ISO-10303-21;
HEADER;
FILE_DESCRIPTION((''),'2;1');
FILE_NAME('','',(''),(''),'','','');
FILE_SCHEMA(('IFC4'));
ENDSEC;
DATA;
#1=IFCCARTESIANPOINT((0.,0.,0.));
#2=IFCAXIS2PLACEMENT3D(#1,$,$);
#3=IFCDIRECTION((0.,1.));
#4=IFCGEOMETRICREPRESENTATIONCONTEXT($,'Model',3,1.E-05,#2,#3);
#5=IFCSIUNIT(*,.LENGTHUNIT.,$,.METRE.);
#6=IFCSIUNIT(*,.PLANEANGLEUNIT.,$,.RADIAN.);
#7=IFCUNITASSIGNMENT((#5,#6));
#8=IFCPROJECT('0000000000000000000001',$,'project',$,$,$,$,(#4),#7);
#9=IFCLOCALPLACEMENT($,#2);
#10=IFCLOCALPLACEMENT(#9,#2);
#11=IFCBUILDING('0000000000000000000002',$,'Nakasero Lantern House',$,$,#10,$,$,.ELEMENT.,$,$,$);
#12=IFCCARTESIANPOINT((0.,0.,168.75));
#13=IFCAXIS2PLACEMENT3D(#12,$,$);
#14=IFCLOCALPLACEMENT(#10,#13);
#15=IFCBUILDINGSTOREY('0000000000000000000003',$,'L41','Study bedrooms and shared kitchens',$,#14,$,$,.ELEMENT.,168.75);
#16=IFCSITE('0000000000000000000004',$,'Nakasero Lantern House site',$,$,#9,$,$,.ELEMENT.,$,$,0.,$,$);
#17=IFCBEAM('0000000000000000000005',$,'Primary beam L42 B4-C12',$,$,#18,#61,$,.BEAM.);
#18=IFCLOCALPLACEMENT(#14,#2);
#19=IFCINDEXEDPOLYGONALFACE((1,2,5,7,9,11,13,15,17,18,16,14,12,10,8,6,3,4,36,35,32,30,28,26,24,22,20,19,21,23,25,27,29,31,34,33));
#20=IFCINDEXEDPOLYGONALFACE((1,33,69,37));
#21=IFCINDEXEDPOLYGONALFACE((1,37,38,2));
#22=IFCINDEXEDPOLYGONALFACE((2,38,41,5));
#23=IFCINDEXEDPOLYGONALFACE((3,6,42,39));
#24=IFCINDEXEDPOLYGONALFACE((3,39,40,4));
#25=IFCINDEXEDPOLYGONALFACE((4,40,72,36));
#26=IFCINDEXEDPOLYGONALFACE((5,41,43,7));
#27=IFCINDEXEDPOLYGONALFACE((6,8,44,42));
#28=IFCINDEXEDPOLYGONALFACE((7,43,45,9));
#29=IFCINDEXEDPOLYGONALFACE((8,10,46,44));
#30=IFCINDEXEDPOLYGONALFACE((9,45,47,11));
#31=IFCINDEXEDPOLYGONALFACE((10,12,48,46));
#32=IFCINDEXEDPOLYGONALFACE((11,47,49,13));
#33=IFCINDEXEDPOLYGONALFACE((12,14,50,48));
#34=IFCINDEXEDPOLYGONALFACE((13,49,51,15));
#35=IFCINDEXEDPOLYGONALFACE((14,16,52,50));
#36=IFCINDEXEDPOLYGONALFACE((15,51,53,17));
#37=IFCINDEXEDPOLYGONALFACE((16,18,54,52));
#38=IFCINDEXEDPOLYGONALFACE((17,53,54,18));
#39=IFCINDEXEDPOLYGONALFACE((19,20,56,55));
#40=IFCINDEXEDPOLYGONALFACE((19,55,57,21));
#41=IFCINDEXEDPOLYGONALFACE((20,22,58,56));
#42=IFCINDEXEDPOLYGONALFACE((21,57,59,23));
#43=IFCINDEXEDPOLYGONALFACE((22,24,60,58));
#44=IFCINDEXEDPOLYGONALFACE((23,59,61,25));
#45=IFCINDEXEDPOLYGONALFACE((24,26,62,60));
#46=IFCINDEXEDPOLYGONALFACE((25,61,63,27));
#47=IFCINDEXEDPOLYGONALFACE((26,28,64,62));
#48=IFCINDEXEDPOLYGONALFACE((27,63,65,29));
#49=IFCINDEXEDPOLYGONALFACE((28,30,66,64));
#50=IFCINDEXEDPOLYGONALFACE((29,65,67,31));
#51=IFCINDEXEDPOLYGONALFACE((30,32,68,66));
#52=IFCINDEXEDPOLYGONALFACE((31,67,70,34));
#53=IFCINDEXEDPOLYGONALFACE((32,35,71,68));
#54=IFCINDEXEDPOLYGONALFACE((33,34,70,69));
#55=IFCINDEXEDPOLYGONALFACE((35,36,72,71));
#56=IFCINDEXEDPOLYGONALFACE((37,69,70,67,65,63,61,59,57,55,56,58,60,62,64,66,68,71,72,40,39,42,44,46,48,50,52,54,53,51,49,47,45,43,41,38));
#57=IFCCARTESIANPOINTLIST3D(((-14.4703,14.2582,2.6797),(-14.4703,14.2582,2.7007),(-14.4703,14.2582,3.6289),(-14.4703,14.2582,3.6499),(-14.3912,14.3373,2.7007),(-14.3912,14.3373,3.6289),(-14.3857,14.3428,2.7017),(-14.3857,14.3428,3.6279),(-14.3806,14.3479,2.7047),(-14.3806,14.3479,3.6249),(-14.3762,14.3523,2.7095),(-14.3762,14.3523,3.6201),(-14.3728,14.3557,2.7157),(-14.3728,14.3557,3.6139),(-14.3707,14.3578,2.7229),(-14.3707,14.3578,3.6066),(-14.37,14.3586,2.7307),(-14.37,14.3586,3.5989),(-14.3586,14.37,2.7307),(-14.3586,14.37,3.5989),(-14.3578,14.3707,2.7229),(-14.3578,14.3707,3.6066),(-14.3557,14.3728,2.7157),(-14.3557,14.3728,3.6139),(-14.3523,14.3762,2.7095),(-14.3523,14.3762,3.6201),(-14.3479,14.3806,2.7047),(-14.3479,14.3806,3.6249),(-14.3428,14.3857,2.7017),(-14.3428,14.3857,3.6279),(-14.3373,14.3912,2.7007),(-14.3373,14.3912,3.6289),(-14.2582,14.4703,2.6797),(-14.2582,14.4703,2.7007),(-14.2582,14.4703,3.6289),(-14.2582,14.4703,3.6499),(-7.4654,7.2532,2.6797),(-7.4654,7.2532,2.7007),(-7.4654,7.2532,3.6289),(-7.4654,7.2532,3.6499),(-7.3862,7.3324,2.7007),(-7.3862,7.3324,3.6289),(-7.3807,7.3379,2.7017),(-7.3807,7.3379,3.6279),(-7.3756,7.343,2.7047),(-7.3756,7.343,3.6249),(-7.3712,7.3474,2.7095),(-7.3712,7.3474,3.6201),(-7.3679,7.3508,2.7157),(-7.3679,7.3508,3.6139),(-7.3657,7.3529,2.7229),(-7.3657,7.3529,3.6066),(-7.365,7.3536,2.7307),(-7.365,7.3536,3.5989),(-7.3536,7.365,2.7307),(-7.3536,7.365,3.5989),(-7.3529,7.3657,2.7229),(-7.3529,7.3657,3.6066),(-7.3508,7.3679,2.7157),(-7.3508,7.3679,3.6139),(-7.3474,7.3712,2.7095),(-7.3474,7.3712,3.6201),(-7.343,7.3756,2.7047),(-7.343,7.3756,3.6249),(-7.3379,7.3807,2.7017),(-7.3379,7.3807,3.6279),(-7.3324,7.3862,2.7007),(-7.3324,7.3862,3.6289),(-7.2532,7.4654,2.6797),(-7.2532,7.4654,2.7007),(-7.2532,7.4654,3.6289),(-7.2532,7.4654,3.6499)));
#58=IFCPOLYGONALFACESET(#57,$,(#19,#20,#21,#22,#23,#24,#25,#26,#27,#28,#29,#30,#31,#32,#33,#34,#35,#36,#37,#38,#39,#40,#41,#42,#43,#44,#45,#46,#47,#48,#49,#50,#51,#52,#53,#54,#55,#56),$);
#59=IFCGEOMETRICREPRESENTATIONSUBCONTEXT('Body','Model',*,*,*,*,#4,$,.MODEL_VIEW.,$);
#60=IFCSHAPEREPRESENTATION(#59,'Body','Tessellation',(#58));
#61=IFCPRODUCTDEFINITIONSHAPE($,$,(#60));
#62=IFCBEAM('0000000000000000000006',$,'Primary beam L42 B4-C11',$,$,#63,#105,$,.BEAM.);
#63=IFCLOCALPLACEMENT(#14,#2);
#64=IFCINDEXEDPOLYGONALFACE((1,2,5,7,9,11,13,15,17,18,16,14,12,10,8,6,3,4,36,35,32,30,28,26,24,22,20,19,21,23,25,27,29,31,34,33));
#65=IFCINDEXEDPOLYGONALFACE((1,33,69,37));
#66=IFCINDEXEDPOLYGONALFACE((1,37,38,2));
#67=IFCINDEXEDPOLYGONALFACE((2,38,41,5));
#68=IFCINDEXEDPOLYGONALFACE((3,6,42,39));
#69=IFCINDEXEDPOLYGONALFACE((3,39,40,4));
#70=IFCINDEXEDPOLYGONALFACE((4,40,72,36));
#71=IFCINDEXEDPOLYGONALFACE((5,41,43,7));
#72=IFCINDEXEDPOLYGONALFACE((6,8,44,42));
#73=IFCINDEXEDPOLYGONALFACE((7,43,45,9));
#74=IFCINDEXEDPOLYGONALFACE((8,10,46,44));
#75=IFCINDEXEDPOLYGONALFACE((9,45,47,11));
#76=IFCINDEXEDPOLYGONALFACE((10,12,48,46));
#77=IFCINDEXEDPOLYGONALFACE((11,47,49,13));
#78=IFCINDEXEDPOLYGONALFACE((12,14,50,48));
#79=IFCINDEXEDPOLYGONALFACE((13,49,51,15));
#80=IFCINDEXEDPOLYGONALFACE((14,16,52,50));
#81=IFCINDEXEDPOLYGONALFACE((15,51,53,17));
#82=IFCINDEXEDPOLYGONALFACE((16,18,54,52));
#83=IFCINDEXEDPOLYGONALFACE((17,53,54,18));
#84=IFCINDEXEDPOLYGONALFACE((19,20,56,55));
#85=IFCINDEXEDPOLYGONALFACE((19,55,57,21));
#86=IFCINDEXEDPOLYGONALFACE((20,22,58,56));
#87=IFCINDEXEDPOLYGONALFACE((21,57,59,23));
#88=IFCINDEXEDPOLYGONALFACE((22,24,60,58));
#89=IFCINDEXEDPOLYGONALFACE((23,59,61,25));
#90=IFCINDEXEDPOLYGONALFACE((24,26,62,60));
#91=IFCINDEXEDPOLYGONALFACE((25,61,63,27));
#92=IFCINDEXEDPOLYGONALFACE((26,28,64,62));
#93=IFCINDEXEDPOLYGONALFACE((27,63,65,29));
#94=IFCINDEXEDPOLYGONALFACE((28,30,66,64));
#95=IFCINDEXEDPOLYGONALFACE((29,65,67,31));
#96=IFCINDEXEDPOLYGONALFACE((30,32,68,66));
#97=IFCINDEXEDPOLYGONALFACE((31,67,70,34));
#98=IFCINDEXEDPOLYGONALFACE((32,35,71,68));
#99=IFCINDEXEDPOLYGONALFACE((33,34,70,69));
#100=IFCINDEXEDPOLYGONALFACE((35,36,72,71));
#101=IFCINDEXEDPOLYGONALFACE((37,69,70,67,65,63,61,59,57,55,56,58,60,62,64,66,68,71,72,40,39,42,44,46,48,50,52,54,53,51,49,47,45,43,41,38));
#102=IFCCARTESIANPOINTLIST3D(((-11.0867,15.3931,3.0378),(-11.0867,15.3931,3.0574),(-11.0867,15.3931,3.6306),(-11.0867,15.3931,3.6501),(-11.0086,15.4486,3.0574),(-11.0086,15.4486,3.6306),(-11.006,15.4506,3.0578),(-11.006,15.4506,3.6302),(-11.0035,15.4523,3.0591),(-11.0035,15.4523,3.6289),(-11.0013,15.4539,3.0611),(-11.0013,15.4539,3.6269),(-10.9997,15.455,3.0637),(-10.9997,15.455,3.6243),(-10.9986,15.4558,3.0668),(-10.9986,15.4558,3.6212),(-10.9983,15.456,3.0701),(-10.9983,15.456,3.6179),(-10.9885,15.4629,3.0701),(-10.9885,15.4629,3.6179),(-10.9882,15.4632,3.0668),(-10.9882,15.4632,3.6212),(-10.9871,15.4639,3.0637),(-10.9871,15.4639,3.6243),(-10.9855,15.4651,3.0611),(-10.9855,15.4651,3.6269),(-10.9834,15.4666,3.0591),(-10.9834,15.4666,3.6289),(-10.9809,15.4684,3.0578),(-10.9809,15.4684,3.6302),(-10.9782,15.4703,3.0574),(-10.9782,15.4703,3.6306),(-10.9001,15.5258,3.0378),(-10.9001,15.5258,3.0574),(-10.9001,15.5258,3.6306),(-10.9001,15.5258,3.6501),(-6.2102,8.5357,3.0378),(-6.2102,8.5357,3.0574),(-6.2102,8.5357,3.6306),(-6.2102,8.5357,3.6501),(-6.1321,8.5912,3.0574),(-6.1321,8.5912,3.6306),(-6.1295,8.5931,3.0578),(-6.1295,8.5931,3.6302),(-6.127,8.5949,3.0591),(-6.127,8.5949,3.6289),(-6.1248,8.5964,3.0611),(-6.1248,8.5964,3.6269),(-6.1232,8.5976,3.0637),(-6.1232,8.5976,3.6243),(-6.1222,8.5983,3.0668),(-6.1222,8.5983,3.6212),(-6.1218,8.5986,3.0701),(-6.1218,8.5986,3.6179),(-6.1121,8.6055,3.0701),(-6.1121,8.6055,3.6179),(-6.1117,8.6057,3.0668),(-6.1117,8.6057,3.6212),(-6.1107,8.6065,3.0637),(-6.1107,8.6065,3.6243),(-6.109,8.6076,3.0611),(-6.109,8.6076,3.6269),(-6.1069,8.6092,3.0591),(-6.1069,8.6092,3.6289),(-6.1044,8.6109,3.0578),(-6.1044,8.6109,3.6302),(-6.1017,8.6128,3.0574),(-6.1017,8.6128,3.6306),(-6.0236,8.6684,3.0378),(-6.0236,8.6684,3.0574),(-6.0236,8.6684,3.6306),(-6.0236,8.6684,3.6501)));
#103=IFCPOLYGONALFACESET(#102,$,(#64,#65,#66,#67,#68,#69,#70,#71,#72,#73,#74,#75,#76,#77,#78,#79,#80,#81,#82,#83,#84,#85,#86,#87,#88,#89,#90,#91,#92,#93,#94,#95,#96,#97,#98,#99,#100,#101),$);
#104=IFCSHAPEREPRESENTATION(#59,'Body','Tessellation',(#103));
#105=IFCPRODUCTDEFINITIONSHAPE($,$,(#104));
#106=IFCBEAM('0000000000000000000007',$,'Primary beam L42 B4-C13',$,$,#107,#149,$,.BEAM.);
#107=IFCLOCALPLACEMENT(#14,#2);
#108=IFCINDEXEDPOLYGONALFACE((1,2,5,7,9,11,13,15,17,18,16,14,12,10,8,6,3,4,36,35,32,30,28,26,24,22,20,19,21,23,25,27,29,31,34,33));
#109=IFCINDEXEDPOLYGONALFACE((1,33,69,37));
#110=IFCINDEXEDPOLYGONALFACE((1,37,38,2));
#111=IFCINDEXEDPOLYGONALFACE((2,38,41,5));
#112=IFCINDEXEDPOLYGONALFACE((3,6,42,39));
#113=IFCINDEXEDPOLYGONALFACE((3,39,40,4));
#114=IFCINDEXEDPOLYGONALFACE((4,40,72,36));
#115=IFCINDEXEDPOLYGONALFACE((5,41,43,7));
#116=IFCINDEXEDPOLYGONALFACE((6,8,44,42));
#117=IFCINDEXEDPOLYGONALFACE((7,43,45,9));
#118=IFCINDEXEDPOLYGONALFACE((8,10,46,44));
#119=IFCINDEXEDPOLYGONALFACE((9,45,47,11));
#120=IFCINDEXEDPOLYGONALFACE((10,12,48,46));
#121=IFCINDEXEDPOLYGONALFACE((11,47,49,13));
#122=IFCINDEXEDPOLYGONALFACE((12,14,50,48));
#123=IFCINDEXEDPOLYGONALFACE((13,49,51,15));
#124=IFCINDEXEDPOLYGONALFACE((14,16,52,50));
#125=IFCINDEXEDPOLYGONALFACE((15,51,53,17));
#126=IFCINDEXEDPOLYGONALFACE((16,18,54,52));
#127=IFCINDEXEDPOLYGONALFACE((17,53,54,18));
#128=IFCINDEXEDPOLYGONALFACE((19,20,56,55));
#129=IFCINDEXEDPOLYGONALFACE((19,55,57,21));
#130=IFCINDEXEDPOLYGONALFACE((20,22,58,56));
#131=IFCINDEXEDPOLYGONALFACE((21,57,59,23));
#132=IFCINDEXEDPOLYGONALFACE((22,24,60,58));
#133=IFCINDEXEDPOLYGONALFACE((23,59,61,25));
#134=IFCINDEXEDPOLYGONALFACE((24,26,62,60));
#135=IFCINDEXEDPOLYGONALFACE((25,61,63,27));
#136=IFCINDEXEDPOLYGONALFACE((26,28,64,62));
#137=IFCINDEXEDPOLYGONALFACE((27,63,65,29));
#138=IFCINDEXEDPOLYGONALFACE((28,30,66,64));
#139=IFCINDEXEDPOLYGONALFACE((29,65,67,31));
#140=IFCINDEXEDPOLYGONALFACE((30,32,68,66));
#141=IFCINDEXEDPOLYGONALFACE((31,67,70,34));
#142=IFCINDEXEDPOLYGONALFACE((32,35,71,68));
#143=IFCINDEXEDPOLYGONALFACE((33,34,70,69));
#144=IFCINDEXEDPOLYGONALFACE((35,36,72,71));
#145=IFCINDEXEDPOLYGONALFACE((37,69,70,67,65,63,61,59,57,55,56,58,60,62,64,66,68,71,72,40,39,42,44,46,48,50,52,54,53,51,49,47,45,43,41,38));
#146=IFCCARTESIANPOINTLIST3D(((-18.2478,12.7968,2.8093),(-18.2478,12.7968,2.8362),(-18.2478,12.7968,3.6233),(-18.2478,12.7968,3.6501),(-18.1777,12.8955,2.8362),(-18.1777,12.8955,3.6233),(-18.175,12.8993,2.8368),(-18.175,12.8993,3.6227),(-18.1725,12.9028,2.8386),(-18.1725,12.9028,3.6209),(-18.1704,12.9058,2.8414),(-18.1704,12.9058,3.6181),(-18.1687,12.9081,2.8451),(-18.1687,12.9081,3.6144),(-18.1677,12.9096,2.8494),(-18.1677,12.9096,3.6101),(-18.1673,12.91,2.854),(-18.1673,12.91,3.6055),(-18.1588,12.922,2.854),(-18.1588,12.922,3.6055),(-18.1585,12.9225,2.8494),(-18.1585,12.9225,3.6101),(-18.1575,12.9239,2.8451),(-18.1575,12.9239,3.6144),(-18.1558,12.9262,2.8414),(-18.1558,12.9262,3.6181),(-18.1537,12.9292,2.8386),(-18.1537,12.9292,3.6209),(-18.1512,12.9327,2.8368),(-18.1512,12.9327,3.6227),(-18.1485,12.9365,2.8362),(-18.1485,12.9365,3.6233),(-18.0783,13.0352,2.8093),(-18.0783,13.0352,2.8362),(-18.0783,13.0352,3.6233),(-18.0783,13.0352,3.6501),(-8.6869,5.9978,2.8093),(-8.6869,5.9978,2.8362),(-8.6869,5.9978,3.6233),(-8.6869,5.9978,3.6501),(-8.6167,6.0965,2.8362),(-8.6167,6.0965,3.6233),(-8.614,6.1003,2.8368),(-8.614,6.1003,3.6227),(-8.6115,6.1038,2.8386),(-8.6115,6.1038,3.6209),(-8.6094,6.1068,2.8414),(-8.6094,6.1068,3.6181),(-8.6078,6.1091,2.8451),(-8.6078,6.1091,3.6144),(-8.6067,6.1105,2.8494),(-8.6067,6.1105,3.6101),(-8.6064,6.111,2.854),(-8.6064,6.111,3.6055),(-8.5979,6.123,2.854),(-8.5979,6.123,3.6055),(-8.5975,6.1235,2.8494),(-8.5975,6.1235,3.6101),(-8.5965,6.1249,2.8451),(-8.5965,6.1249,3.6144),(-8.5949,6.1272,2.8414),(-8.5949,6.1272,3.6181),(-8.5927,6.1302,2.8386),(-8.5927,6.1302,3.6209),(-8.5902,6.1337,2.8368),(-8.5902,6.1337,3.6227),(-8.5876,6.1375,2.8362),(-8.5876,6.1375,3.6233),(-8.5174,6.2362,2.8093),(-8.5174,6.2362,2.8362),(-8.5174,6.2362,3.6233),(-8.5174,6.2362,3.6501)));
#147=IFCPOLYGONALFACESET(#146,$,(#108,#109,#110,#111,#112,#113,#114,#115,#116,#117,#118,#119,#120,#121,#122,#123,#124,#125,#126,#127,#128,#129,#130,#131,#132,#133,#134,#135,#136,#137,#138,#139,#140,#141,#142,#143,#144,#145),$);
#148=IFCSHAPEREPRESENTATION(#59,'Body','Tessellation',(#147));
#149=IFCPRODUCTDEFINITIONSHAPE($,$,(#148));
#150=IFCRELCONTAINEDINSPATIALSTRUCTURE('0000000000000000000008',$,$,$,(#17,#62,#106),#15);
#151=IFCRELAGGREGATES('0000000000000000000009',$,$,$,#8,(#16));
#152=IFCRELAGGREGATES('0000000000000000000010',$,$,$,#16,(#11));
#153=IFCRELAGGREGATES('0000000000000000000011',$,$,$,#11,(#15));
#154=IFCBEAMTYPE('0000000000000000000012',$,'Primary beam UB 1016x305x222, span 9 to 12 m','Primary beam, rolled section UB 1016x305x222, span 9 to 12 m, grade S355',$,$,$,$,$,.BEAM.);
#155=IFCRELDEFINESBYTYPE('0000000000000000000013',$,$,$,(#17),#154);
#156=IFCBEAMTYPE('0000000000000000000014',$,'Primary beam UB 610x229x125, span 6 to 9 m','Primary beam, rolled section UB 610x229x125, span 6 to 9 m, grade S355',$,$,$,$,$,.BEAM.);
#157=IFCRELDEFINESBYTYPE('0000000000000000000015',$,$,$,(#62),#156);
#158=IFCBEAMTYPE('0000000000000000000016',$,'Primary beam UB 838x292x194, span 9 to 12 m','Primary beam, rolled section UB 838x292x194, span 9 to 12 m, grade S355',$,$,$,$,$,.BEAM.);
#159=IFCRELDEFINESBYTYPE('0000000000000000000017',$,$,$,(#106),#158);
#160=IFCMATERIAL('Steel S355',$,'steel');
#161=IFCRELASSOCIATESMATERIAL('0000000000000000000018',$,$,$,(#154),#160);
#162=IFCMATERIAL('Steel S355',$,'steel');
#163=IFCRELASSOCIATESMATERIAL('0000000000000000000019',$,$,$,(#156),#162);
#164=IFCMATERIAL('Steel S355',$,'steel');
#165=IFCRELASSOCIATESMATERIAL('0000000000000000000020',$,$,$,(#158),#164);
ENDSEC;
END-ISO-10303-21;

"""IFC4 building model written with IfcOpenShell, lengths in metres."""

from ifc_helpers import new_model, si_unit, direction, frame, origin, origin_2d, place, context, subcontext, project, spatial, i_section, extrude, material, material_profile, profile_set, type_object, element, save


model = new_model("IFC4")

# Units and contexts
model_context = context("Model", 3, precision=1e-05, world=origin(), true_north=direction((0.0, 1.0)))
body_context = subcontext(model_context, "Body", "Model", "MODEL_VIEW")
ifc_project = project(units=[si_unit("LENGTHUNIT", "METRE"), si_unit("PLANEANGLEUNIT", "RADIAN")], contexts=[model_context])

# Site, building, storey
site_placement = place(None, origin())
site = spatial("IfcSite", under=ifc_project, at=site_placement, Name="Nakasero Lantern House site", CompositionType="ELEMENT", RefElevation=0.0)
building_placement = place(site_placement, origin())
building = spatial("IfcBuilding", under=site, at=building_placement, Name="Nakasero Lantern House", CompositionType="ELEMENT")
storey_placement = place(building_placement, frame((0.0, 0.0, 168.75)))
storey = spatial("IfcBuildingStorey", under=building, at=storey_placement, Name="L41", Description="Study bedrooms and shared kitchens", CompositionType="ELEMENT", Elevation=168.75)

# Beams
ifc_material_1 = material(Name="Steel S355", Category="steel")
ifc_material_profile_1 = material_profile(ifc_material_1, i_section(OverallWidth=0.3, OverallDepth=0.9702, WebThickness=0.0161, FlangeThickness=0.021, FilletRadius=0.03, at=origin_2d()), Name="UB 1016x305x222")
ifc_profile_set_1 = profile_set([ifc_material_profile_1], Name="Steel S355")
beam_type_1 = type_object("IfcBeamType", Name="Primary beam UB 1016x305x222, span 9 to 12 m", Description="Primary beam, rolled section UB 1016x305x222, span 9 to 12 m, grade S355", PredefinedType="BEAM", material=ifc_profile_set_1)
beam_1_placement = place(storey_placement, frame((-14.3643, 14.3643, 3.1648), z_axis=(0.707107, -0.707107, 0.0), x_axis=(0.707107, 0.707107, 0.0)))
element("IfcBeam", 1, at=beam_1_placement, inside=storey, type_object=beam_type_1, Name="Primary beam L42 B4-C12", PredefinedType="BEAM", context=body_context, shape_type="SweptSolid", body=[
    extrude(i_section(OverallWidth=0.3, OverallDepth=0.9702, WebThickness=0.0161, FlangeThickness=0.021, FilletRadius=0.03, at=origin_2d()), origin(), (0.0, 0.0, 1.0), 9.9065),
])
ifc_material_2 = material(Name="Steel S355", Category="steel")
ifc_material_profile_2 = material_profile(ifc_material_2, i_section(OverallWidth=0.229, OverallDepth=0.6123, WebThickness=0.012, FlangeThickness=0.0195, FilletRadius=0.0127, at=origin_2d()), Name="UB 610x229x125")
ifc_profile_set_2 = profile_set([ifc_material_profile_2], Name="Steel S355")
beam_type_2 = type_object("IfcBeamType", Name="Primary beam UB 610x229x125, span 6 to 9 m", Description="Primary beam, rolled section UB 610x229x125, span 6 to 9 m, grade S355", PredefinedType="BEAM", material=ifc_profile_set_2)
beam_2_placement = place(storey_placement, frame((-10.9934, 15.4595, 3.344), z_axis=(0.57953, -0.814951, 0.0), x_axis=(0.814951, 0.57953, 0.0)))
element("IfcBeam", 2, at=beam_2_placement, inside=storey, type_object=beam_type_2, Name="Primary beam L42 B4-C11", PredefinedType="BEAM", context=body_context, shape_type="SweptSolid", body=[
    extrude(i_section(OverallWidth=0.229, OverallDepth=0.6123, WebThickness=0.012, FlangeThickness=0.0195, FilletRadius=0.0127, at=origin_2d()), origin(), (0.0, 0.0, 1.0), 8.4146),
])
ifc_material_3 = material(Name="Steel S355", Category="steel")
ifc_material_profile_3 = material_profile(ifc_material_3, i_section(OverallWidth=0.2925, OverallDepth=0.8408, WebThickness=0.0146, FlangeThickness=0.0269, FilletRadius=0.0178, at=origin_2d()), Name="UB 838x292x194")
ifc_profile_set_3 = profile_set([ifc_material_profile_3], Name="Steel S355")
beam_type_3 = type_object("IfcBeamType", Name="Primary beam UB 838x292x194, span 9 to 12 m", Description="Primary beam, rolled section UB 838x292x194, span 9 to 12 m, grade S355", PredefinedType="BEAM", material=ifc_profile_set_3)
beam_3_placement = place(storey_placement, frame((-18.1631, 12.916, 3.2297), z_axis=(0.814951, -0.57953, 0.0), x_axis=(0.57953, 0.814951, 0.0)))
element("IfcBeam", 3, at=beam_3_placement, inside=storey, type_object=beam_type_3, Name="Primary beam L42 B4-C13", PredefinedType="BEAM", context=body_context, shape_type="SweptSolid", body=[
    extrude(i_section(OverallWidth=0.2925, OverallDepth=0.8408, WebThickness=0.0146, FlangeThickness=0.0269, FilletRadius=0.0178, at=origin_2d()), origin(), (0.0, 0.0, 1.0), 11.7319),
])

save(model, "model.ifc")
